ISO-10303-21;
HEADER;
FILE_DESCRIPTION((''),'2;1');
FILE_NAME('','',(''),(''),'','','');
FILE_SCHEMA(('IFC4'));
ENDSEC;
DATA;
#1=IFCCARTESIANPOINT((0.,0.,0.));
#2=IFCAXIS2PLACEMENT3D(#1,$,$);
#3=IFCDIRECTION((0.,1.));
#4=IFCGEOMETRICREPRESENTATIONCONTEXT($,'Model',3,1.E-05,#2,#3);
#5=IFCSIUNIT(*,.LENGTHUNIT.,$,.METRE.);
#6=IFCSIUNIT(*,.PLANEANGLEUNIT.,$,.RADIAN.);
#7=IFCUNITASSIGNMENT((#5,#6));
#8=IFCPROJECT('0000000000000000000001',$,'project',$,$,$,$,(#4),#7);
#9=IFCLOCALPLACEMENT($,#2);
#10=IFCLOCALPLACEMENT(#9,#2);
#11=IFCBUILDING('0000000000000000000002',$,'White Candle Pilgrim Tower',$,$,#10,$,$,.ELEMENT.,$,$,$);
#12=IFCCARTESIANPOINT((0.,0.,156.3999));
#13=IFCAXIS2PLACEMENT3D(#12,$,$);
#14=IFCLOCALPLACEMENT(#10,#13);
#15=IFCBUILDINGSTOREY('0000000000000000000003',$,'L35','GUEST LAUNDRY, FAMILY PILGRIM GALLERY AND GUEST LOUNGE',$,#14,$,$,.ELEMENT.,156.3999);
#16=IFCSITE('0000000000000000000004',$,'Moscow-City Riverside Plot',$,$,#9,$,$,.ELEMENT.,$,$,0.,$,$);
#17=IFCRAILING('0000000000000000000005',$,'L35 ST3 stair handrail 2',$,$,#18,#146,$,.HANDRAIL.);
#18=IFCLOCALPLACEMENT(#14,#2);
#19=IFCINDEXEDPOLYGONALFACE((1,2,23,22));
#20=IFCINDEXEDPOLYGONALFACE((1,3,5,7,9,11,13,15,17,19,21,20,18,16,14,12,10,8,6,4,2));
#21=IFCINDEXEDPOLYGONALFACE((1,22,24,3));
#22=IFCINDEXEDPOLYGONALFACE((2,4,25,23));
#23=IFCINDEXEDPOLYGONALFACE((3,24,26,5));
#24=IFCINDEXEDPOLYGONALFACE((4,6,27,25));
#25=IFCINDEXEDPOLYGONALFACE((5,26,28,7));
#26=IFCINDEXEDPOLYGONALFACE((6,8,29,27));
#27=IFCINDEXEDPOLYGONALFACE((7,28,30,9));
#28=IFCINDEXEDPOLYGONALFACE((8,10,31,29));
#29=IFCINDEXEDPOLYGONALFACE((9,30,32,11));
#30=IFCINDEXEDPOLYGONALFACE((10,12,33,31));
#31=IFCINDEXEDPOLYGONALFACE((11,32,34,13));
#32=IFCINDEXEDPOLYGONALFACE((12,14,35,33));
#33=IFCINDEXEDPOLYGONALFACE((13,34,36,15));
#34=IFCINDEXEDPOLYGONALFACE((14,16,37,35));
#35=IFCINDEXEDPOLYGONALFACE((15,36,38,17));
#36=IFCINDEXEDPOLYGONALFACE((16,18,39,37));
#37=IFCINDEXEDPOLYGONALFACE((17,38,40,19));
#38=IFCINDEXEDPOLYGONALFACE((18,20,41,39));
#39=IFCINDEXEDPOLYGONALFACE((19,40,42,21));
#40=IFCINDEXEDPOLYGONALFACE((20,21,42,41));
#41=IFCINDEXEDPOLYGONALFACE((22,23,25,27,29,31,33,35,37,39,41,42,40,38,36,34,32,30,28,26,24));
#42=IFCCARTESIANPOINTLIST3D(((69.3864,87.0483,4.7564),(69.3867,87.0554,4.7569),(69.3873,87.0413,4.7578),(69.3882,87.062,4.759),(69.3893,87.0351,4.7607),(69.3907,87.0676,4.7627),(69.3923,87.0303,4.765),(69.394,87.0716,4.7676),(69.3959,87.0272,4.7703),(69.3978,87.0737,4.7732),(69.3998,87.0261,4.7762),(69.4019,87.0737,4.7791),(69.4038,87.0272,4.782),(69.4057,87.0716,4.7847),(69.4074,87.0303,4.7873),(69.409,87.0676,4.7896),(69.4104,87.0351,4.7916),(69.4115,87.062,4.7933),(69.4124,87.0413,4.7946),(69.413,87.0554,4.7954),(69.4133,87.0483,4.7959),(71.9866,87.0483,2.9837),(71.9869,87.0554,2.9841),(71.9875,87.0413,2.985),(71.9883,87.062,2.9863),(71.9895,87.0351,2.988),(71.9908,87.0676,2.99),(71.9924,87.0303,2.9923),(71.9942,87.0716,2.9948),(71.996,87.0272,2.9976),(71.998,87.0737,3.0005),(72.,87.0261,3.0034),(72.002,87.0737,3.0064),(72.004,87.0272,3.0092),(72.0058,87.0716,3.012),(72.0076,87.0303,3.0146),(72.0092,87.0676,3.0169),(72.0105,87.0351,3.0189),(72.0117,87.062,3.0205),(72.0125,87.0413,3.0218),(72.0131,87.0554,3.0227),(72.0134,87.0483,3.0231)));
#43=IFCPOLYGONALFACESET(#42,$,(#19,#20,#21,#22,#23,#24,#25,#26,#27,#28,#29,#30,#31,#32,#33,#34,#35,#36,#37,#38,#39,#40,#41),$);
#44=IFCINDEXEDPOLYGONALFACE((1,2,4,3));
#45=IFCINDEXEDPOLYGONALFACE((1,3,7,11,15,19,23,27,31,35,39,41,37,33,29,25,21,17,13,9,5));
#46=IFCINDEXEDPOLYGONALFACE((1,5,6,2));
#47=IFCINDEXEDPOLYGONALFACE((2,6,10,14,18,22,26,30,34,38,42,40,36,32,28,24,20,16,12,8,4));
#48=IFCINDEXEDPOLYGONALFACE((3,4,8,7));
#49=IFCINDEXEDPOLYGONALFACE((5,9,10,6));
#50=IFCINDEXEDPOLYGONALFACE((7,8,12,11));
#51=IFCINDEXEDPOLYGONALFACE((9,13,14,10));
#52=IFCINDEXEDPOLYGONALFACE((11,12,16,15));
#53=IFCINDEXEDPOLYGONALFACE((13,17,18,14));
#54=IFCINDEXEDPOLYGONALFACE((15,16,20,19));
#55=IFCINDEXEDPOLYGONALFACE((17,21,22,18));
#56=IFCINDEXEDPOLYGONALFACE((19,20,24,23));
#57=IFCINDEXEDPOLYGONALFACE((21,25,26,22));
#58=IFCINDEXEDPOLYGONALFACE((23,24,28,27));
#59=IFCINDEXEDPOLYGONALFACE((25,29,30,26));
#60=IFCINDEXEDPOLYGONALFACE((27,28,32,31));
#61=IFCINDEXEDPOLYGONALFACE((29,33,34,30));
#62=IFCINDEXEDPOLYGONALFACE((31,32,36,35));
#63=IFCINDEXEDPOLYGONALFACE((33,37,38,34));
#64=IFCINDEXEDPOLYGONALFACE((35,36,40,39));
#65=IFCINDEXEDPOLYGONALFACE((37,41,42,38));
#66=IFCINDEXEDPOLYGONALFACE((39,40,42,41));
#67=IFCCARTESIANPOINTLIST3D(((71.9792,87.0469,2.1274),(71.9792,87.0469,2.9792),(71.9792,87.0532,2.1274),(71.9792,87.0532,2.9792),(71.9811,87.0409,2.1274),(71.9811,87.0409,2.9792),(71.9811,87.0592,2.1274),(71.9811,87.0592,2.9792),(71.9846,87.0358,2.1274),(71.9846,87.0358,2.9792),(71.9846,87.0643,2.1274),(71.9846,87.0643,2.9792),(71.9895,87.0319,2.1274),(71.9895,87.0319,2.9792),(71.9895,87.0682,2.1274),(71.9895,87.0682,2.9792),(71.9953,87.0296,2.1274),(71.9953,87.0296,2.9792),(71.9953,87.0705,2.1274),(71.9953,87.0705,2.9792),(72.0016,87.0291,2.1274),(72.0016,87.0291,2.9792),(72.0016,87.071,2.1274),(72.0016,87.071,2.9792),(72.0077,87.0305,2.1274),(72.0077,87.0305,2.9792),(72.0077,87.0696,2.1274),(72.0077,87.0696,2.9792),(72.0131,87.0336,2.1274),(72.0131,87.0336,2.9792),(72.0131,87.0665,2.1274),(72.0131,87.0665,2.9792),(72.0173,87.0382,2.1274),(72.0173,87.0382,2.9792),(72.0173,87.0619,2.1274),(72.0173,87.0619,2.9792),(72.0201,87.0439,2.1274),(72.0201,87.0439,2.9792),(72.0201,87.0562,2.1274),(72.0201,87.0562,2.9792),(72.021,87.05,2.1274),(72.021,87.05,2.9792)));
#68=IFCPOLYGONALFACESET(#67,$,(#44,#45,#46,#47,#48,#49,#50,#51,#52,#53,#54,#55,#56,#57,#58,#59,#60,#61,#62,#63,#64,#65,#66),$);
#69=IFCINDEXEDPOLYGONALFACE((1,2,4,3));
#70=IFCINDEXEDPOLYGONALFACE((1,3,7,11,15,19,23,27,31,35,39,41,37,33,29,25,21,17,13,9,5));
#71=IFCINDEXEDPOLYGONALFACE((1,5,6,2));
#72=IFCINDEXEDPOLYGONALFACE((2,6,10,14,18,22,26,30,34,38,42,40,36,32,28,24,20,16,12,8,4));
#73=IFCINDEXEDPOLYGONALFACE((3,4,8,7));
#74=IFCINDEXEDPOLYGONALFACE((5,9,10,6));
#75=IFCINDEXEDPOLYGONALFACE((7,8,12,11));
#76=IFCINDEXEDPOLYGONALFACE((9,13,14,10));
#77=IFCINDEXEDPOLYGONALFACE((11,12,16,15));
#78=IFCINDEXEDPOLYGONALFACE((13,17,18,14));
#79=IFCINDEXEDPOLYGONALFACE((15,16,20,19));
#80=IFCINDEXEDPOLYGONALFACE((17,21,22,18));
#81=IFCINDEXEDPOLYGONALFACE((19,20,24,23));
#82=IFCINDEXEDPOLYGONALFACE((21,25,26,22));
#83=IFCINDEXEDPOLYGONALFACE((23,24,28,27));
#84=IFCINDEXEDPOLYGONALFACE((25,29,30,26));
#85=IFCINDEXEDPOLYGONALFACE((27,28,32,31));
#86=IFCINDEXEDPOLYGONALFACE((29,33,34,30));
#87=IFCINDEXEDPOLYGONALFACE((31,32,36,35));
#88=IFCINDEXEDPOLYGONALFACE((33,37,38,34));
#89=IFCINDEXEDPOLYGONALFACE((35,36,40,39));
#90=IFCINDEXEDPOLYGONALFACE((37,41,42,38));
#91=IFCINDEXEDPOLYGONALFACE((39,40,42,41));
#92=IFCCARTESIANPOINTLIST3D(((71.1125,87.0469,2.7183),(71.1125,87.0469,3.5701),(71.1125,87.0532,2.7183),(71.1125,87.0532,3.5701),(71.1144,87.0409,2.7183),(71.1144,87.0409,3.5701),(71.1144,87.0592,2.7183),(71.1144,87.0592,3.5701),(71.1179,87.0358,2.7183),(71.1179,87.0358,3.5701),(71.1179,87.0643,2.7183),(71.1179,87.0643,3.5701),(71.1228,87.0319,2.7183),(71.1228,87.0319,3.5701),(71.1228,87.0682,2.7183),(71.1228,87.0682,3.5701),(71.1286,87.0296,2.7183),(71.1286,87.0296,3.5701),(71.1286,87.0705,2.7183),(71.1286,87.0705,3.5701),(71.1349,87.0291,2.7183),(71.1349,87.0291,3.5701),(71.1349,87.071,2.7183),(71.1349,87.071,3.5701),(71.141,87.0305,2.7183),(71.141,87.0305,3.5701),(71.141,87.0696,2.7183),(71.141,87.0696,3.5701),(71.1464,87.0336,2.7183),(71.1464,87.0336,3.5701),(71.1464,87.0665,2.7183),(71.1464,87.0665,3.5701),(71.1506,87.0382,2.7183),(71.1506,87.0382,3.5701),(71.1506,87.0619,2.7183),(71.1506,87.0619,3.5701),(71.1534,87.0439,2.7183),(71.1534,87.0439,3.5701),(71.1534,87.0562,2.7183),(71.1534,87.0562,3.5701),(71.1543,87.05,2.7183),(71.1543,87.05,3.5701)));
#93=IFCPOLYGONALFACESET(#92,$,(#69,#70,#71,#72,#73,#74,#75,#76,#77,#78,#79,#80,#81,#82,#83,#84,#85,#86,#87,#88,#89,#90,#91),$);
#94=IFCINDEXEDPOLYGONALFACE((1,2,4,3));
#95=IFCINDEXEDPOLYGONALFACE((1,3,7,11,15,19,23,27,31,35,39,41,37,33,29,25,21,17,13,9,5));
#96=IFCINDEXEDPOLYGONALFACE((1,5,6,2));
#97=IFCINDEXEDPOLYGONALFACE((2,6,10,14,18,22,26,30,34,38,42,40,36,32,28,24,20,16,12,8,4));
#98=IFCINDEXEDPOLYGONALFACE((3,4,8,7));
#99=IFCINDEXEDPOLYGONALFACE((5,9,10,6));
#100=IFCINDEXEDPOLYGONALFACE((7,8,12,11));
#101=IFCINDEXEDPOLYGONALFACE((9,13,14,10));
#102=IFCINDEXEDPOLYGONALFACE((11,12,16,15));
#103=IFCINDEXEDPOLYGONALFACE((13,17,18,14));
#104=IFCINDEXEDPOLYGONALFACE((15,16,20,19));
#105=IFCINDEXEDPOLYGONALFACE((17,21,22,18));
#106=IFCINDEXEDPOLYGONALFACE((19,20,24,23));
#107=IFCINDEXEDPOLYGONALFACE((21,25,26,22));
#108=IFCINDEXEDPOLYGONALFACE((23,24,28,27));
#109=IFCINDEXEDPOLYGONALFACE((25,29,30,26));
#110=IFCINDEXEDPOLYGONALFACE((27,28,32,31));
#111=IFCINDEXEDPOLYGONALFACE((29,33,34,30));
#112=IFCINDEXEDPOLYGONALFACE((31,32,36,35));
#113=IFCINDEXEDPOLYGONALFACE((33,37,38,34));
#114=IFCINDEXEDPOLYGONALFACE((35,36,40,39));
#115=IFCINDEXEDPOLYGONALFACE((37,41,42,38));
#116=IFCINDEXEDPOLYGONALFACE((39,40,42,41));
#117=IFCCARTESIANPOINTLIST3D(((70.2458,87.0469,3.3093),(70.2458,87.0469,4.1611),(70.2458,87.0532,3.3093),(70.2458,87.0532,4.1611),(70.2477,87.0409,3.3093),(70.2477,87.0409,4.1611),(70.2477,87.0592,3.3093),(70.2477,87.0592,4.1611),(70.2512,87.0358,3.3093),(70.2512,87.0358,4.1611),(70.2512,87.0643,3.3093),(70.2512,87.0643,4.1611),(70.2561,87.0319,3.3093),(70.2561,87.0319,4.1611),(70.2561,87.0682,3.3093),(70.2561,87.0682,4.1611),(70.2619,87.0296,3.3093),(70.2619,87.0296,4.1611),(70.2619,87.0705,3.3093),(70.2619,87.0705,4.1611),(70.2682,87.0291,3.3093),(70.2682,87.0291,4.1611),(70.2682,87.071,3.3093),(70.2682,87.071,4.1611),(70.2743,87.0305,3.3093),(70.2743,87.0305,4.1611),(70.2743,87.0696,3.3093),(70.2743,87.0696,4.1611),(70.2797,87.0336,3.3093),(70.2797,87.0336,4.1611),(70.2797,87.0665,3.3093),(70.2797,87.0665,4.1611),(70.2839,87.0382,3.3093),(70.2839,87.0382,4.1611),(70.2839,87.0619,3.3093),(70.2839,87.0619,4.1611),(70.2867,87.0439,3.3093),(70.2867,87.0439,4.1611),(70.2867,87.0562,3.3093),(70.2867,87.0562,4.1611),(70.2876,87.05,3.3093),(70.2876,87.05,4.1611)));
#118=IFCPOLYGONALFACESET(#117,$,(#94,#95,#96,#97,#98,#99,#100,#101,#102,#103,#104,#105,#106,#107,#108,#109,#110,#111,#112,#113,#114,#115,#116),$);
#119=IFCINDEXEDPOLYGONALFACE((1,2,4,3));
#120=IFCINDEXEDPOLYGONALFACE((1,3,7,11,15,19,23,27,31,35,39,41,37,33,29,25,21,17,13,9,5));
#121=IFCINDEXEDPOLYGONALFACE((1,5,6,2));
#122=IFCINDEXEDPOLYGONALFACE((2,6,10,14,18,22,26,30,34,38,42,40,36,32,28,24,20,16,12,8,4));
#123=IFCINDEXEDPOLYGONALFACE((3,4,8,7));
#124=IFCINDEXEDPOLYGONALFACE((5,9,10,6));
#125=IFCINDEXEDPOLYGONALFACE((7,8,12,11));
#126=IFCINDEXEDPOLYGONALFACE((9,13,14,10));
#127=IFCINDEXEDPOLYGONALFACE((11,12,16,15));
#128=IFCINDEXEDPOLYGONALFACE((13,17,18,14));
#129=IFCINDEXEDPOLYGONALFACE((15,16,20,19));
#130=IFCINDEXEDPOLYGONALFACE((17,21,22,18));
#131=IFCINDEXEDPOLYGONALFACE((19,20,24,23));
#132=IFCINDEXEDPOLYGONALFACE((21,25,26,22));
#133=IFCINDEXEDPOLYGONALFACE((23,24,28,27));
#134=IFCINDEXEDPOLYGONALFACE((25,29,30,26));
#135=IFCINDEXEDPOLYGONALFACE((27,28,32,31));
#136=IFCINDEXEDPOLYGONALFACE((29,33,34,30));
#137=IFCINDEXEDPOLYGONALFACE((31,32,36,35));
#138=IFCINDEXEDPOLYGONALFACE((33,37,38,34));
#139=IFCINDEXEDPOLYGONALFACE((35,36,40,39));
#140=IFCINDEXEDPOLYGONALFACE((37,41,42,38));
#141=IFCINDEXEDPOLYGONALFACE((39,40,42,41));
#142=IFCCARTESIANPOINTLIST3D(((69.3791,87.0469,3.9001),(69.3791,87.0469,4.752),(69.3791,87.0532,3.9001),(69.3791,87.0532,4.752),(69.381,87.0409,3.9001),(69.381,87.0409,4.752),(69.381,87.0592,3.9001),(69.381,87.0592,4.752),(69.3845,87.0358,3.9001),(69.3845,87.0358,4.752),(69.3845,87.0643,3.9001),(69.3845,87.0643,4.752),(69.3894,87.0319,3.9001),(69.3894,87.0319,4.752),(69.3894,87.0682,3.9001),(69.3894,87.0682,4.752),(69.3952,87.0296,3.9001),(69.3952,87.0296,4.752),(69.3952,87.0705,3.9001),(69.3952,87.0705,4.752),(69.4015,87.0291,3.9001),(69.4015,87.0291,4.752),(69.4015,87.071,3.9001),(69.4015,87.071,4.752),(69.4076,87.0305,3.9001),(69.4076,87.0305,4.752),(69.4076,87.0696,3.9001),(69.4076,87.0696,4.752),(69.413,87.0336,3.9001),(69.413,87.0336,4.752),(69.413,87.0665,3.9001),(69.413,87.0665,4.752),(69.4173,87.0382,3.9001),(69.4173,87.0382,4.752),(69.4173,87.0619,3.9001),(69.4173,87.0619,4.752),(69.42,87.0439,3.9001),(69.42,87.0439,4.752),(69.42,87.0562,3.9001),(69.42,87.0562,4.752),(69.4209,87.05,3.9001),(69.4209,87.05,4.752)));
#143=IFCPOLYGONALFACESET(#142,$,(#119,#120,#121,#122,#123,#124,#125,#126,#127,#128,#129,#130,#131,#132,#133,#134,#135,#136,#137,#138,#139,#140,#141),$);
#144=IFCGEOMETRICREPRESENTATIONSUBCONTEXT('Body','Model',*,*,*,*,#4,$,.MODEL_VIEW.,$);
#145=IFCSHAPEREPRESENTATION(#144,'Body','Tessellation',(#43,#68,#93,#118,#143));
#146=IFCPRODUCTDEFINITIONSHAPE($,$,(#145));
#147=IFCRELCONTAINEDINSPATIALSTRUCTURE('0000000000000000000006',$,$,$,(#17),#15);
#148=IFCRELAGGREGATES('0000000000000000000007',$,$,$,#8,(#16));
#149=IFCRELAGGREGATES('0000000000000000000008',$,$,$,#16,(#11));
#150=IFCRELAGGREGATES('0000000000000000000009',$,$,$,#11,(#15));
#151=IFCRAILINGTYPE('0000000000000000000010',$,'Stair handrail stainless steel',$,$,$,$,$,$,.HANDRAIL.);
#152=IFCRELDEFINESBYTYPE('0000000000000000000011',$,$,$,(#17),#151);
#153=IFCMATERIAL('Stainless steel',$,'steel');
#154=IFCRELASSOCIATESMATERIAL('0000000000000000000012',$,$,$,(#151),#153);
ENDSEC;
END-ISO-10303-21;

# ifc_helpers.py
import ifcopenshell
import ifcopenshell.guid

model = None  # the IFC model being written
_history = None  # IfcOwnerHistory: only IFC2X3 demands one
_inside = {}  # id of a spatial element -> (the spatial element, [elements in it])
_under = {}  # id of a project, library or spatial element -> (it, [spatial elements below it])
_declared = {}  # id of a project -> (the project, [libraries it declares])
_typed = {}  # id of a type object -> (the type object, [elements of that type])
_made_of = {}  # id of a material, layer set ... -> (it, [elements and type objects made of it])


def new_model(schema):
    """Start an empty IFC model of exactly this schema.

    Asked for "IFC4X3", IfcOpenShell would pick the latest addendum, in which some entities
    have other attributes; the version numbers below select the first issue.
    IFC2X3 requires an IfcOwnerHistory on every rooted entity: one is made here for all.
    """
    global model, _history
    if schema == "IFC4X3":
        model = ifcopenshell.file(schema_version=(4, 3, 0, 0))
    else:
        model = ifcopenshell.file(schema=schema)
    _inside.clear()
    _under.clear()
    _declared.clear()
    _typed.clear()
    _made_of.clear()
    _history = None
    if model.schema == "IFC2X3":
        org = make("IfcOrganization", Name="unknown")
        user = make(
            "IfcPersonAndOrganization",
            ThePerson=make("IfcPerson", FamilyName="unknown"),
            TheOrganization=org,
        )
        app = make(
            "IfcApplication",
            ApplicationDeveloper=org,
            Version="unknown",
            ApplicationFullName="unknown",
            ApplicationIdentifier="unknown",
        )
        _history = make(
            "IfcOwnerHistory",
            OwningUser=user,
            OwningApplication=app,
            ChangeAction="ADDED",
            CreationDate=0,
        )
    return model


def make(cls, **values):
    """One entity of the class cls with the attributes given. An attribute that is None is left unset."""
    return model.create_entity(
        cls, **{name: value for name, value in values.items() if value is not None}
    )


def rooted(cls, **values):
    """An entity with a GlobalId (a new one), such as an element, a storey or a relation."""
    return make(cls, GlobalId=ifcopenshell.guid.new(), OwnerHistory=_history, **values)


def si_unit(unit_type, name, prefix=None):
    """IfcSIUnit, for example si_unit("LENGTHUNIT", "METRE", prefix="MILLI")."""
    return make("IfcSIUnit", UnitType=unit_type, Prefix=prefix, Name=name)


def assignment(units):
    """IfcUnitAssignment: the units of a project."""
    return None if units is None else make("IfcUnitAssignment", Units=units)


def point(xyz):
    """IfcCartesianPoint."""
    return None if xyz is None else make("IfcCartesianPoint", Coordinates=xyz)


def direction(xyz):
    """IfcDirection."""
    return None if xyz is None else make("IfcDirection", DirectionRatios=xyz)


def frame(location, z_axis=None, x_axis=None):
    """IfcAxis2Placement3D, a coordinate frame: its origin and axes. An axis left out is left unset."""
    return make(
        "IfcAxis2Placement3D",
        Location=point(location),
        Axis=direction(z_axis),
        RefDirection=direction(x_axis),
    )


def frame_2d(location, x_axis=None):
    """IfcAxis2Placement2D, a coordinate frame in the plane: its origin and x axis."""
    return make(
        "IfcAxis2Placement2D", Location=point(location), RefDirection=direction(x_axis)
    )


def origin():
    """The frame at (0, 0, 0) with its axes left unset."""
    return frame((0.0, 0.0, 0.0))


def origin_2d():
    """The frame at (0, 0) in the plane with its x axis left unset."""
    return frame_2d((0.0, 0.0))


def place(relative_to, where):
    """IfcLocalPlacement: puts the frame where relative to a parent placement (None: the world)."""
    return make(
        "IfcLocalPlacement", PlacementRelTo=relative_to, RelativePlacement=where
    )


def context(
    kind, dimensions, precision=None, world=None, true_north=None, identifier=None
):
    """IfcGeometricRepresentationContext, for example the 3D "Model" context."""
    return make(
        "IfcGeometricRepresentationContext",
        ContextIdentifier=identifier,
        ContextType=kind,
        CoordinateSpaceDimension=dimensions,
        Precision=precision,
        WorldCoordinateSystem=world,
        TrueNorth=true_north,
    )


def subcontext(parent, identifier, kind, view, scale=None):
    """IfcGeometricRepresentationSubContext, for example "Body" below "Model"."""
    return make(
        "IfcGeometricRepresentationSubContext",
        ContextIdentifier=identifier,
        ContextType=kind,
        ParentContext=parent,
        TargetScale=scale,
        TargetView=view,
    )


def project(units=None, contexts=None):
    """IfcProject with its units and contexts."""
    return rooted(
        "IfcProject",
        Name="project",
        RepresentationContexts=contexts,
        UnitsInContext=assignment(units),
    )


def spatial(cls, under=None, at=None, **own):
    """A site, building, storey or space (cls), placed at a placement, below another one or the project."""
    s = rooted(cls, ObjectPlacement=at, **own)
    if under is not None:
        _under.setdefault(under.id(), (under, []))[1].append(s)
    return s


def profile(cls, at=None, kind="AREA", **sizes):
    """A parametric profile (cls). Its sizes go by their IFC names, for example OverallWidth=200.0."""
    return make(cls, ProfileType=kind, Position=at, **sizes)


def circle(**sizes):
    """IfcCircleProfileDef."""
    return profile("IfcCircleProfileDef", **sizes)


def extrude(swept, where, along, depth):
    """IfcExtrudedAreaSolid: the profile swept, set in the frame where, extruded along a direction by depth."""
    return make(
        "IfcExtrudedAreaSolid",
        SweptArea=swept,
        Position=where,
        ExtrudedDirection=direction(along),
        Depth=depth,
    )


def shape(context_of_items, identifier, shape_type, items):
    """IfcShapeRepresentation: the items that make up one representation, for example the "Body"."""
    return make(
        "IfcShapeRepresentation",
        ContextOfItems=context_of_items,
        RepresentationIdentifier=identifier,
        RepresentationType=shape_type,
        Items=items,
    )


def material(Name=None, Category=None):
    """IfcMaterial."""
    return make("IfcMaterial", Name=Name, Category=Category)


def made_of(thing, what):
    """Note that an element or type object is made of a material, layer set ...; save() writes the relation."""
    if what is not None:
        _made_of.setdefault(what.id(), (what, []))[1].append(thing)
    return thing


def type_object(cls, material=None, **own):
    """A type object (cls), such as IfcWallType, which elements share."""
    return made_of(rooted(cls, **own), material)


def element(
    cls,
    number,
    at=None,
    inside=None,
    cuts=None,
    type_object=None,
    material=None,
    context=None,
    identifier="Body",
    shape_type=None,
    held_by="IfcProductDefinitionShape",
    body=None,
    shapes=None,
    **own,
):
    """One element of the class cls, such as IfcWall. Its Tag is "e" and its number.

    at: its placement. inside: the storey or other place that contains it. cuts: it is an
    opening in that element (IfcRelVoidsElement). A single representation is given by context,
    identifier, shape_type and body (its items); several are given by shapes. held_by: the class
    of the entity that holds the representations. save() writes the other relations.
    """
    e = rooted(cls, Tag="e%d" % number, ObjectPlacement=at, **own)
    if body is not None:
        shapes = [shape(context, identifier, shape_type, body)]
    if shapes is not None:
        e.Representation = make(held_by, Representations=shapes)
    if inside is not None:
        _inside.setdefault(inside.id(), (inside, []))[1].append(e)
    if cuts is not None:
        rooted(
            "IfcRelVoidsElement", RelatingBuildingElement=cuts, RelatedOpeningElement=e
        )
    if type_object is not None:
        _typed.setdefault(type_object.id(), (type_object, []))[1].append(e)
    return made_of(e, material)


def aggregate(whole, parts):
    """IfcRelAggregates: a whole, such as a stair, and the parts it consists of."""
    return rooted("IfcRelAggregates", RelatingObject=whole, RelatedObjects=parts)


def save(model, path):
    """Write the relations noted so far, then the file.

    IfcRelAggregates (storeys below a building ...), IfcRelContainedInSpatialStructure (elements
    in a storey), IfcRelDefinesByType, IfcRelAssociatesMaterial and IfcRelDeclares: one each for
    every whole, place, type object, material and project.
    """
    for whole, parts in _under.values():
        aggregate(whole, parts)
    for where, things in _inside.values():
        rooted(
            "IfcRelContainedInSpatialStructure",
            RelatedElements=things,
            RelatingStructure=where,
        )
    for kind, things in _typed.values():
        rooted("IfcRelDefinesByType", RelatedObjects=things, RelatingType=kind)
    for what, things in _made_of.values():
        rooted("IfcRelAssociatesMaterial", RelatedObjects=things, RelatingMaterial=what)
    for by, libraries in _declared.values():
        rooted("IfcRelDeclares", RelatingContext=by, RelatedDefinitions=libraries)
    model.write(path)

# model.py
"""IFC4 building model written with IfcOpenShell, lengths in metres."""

from ifc_helpers import new_model, si_unit, direction, frame, origin, origin_2d, place, context, subcontext, project, spatial, circle, extrude, material, type_object, element, save


model = new_model("IFC4")

# Units and contexts
model_context = context("Model", 3, precision=1e-05, world=origin(), true_north=direction((0.0, 1.0)))
body_context = subcontext(model_context, "Body", "Model", "MODEL_VIEW")
ifc_project = project(units=[si_unit("LENGTHUNIT", "METRE"), si_unit("PLANEANGLEUNIT", "RADIAN")], contexts=[model_context])

# Site, building, storey
site_placement = place(None, origin())
site = spatial("IfcSite", under=ifc_project, at=site_placement, Name="Moscow-City Riverside Plot", CompositionType="ELEMENT", RefElevation=0.0)
building_placement = place(site_placement, origin())
building = spatial("IfcBuilding", under=site, at=building_placement, Name="White Candle Pilgrim Tower", CompositionType="ELEMENT")
storey_placement = place(building_placement, frame((0.0, 0.0, 156.3999)))
storey = spatial("IfcBuildingStorey", under=building, at=storey_placement, Name="L35", Description="GUEST LAUNDRY, FAMILY PILGRIM GALLERY AND GUEST LOUNGE", CompositionType="ELEMENT", Elevation=156.3999)

# Shared definitions
ifc_material_1 = material(Name="Stainless steel", Category="steel")

# Railing
railing_type_1 = type_object("IfcRailingType", Name="Stair handrail stainless steel", PredefinedType="HANDRAIL", material=ifc_material_1)
railing_1_placement = place(storey_placement, frame((72.0, 87.05, 2.1274)))
element("IfcRailing", 1, at=railing_1_placement, inside=storey, type_object=railing_type_1, Name="L35 ST3 stair handrail 2", PredefinedType="HANDRAIL", context=body_context, shape_type="SweptSolid", body=[
    extrude(circle(Radius=0.0239, at=origin_2d()), frame((0.0, 0.0, 0.876), z_axis=(-0.82624, 0.0, 0.563318), x_axis=(0.0, -1.0, 0.0)), (0.0, 0.0, 1.0), 3.147),
    extrude(circle(Radius=0.021, at=origin_2d()), origin(), (0.0, 0.0, 1.0), 0.8518),
    extrude(circle(Radius=0.021, at=origin_2d()), frame((-0.8667, 0.0, 0.5908)), (0.0, 0.0, 1.0), 0.8518),
    extrude(circle(Radius=0.021, at=origin_2d()), frame((-1.7334, 0.0, 1.1819)), (0.0, 0.0, 1.0), 0.8518),
    extrude(circle(Radius=0.021, at=origin_2d()), frame((-2.6001, 0.0, 1.7727)), (0.0, 0.0, 1.0), 0.8518),
])

save(model, "model.ifc")
